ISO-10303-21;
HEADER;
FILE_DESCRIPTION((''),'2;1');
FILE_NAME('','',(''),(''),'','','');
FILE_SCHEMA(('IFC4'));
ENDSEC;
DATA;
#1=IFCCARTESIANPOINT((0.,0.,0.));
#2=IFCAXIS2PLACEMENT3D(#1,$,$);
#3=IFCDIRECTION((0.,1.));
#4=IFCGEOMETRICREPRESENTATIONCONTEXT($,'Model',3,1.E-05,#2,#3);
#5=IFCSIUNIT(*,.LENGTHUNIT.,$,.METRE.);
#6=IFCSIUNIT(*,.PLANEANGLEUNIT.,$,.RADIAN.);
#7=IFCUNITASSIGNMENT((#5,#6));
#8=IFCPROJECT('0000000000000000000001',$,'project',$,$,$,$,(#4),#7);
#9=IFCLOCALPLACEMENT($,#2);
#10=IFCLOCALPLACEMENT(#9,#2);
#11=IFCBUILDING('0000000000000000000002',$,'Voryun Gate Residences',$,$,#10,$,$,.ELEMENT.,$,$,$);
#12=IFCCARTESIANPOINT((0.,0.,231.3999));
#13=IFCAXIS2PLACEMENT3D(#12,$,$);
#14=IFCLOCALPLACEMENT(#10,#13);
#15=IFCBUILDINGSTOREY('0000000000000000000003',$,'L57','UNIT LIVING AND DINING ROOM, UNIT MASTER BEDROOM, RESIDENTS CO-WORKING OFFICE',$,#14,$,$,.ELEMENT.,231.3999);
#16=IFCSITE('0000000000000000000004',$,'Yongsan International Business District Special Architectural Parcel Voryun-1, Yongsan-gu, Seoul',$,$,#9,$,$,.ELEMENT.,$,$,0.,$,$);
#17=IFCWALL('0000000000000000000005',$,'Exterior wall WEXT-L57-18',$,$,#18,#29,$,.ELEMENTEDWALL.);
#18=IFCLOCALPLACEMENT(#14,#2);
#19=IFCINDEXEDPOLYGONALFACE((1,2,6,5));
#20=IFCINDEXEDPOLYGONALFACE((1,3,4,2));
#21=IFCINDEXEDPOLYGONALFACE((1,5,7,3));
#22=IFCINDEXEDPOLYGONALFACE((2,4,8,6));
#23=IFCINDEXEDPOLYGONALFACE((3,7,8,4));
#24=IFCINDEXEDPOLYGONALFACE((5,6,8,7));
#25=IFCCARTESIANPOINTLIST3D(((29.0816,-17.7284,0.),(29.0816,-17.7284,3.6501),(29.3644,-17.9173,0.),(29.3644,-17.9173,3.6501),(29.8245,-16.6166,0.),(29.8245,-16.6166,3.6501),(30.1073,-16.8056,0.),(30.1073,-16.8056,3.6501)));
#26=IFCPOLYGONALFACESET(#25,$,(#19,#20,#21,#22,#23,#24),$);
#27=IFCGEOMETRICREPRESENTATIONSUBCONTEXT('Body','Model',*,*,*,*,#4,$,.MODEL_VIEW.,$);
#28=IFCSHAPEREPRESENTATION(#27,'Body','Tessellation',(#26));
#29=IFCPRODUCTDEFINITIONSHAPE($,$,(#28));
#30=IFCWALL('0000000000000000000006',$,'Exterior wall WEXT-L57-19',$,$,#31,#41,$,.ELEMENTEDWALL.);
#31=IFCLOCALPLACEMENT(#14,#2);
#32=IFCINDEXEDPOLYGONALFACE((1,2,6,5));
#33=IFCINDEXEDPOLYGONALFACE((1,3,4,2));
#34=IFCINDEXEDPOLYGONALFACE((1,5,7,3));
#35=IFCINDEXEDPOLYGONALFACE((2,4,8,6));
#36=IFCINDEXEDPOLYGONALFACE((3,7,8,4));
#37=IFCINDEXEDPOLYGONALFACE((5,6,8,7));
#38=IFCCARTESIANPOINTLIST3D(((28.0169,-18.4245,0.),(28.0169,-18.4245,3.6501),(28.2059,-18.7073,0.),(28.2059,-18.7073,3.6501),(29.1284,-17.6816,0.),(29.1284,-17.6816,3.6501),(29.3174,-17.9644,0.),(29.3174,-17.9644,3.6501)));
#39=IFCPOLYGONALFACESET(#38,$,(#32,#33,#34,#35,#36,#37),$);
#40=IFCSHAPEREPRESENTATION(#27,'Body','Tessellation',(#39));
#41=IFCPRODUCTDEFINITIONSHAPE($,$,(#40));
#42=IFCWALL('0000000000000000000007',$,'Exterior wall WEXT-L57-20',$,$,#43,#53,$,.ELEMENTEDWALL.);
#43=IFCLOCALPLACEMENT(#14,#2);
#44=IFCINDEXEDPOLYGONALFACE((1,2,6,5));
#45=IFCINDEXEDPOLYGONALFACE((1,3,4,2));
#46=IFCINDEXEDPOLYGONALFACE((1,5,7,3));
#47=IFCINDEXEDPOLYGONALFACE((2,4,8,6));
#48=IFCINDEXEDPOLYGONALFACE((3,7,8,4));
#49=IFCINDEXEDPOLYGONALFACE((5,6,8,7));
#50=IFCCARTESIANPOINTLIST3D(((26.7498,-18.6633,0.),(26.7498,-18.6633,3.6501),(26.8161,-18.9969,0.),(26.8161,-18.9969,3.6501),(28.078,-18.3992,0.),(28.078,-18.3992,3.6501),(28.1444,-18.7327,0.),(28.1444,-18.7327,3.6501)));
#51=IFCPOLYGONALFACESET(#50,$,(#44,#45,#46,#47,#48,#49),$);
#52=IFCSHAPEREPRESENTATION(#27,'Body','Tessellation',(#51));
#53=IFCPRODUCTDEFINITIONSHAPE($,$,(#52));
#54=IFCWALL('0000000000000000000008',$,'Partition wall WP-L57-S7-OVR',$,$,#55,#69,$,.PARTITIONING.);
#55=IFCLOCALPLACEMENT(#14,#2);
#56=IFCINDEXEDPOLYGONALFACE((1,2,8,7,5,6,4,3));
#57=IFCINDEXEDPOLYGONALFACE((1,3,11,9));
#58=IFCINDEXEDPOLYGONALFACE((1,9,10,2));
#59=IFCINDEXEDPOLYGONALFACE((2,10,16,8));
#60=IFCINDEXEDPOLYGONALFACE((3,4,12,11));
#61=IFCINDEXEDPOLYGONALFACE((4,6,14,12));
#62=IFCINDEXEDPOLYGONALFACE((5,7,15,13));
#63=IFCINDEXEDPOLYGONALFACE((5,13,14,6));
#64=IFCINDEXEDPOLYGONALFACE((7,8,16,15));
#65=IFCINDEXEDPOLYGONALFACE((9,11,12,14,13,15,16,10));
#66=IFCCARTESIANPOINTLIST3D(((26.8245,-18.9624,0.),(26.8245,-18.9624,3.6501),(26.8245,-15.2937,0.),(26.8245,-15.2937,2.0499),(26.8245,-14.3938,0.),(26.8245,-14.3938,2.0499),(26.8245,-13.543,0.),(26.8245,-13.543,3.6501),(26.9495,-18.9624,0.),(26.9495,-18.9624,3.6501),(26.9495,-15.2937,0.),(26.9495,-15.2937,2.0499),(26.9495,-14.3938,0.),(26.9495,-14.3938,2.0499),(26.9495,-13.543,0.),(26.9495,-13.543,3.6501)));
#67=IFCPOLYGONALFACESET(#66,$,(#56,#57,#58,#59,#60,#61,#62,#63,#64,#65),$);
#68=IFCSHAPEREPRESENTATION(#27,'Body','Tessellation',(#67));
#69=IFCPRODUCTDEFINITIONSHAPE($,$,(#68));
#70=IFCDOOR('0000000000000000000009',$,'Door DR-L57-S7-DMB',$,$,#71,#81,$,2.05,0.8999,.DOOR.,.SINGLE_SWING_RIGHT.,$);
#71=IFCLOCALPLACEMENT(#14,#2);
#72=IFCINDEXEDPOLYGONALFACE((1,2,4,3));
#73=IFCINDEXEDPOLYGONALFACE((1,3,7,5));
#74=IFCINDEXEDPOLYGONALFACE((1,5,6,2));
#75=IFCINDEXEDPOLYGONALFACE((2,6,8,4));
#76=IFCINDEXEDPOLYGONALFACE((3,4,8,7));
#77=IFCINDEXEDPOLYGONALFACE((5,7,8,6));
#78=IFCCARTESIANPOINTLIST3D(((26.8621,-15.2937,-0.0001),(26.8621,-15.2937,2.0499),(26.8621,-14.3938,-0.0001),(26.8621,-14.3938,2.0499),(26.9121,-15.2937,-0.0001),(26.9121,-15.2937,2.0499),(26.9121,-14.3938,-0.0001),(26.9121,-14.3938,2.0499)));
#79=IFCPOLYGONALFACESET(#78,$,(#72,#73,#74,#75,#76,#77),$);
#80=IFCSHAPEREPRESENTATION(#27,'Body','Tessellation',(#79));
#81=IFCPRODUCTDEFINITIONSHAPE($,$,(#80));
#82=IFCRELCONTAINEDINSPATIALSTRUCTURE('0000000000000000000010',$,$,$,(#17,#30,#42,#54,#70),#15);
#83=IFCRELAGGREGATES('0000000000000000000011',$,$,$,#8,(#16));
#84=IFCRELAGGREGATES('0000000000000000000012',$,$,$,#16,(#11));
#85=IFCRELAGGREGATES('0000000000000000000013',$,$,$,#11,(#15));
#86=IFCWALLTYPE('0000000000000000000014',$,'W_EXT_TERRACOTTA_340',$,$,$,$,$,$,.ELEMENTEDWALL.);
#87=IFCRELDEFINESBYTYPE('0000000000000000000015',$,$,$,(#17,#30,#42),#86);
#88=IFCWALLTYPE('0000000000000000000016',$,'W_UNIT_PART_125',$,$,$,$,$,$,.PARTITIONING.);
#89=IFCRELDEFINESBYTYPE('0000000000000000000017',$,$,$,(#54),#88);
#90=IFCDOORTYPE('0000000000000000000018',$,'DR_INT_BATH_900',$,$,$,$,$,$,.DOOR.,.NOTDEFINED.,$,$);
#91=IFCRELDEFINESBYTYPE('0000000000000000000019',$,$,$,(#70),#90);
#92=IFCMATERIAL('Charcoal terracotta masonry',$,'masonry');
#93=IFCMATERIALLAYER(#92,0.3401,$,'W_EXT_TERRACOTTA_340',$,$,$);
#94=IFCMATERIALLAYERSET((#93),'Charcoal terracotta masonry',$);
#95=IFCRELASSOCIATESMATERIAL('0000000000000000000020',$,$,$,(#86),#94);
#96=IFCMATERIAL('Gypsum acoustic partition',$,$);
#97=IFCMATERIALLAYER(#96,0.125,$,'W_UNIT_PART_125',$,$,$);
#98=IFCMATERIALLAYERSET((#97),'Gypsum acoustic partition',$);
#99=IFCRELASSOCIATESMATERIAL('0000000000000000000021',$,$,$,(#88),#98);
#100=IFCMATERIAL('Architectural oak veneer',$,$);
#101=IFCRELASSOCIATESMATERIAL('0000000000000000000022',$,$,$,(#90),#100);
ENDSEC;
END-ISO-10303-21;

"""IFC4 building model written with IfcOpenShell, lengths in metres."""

from ifc_helpers import new_model, si_unit, direction, frame, frame_2d, origin, place, context, subcontext, project, spatial, rectangle, extrude, material, layer, layer_set, type_object, element, fill, save


model = new_model("IFC4")

# Units and contexts
model_context = context("Model", 3, precision=1e-05, world=origin(), true_north=direction((0.0, 1.0)))
body_context = subcontext(model_context, "Body", "Model", "MODEL_VIEW")
ifc_project = project(units=[si_unit("LENGTHUNIT", "METRE"), si_unit("PLANEANGLEUNIT", "RADIAN")], contexts=[model_context])

# Site, building, storey
site_placement = place(None, origin())
site = spatial("IfcSite", under=ifc_project, at=site_placement, Name="Yongsan International Business District Special Architectural Parcel Voryun-1, Yongsan-gu, Seoul", CompositionType="ELEMENT", RefElevation=0.0)
building_placement = place(site_placement, origin())
building = spatial("IfcBuilding", under=site, at=building_placement, Name="Voryun Gate Residences", CompositionType="ELEMENT")
storey_placement = place(building_placement, frame((0.0, 0.0, 231.3999)))
storey = spatial("IfcBuildingStorey", under=building, at=storey_placement, Name="L57", Description="UNIT LIVING AND DINING ROOM, UNIT MASTER BEDROOM, RESIDENTS CO-WORKING OFFICE", CompositionType="ELEMENT", Elevation=231.3999)

# Walls
ifc_material_1 = material(Name="Charcoal terracotta masonry", Category="masonry")
ifc_layer_1 = layer(ifc_material_1, 0.3401, Name="W_EXT_TERRACOTTA_340")
ifc_layer_set_1 = layer_set([ifc_layer_1], Name="Charcoal terracotta masonry")
wall_type_1 = type_object("IfcWallType", Name="W_EXT_TERRACOTTA_340", PredefinedType="ELEMENTEDWALL", material=ifc_layer_set_1)
wall_1_placement = place(storey_placement, frame((29.9658, -16.7112, 0.0), z_axis=(0.0, 0.0, 1.0), x_axis=(-0.555585, -0.83146, 0.0)))
element("IfcWall", 1, at=wall_1_placement, inside=storey, type_object=wall_type_1, Name="Exterior wall WEXT-L57-18", PredefinedType="ELEMENTEDWALL", context=body_context, shape_type="SweptSolid", body=[
    extrude(rectangle(XDim=1.3372, YDim=0.3401, at=frame_2d((0.6685, 0.0))), origin(), (0.0, 0.0, 1.0), 3.6501),
])
wall_2_placement = place(storey_placement, frame((29.2229, -17.823, 0.0), z_axis=(0.0, 0.0, 1.0), x_axis=(-0.831404, -0.555669, 0.0)))
element("IfcWall", 2, at=wall_2_placement, inside=storey, type_object=wall_type_1, Name="Exterior wall WEXT-L57-19", PredefinedType="ELEMENTEDWALL", context=body_context, shape_type="SweptSolid", body=[
    extrude(rectangle(XDim=1.3369, YDim=0.3401, at=frame_2d((0.6685, 0.0))), origin(), (0.0, 0.0, 1.0), 3.6501),
])
wall_3_placement = place(storey_placement, frame((28.1113, -18.5659, 0.0), z_axis=(0.0, 0.0, 1.0), x_axis=(-0.980788, -0.195076, 0.0)))
element("IfcWall", 3, at=wall_3_placement, inside=storey, type_object=wall_type_1, Name="Exterior wall WEXT-L57-20", PredefinedType="ELEMENTEDWALL", context=body_context, shape_type="SweptSolid", body=[
    extrude(rectangle(XDim=1.3542, YDim=0.3401, at=frame_2d((0.6772, 0.0))), origin(), (0.0, 0.0, 1.0), 3.6501),
])

# Wall, opening, door
ifc_material_2 = material(Name="Gypsum acoustic partition")
ifc_layer_2 = layer(ifc_material_2, 0.125, Name="W_UNIT_PART_125")
ifc_layer_set_2 = layer_set([ifc_layer_2], Name="Gypsum acoustic partition")
wall_type_2 = type_object("IfcWallType", Name="W_UNIT_PART_125", PredefinedType="PARTITIONING", material=ifc_layer_set_2)
wall_4_placement = place(storey_placement, frame((26.887, -18.9624, 0.0), z_axis=(0.0, 0.0, 1.0), x_axis=(0.0, 1.0, 0.0)))
wall_4 = element("IfcWall", 4, at=wall_4_placement, inside=storey, type_object=wall_type_2, Name="Partition wall WP-L57-S7-OVR", PredefinedType="PARTITIONING", context=body_context, shape_type="SweptSolid", body=[
    extrude(rectangle(XDim=5.4194, YDim=0.125, at=frame_2d((2.7097, 0.0))), origin(), (0.0, 0.0, 1.0), 3.6501),
])
opening_placement = place(wall_4_placement, frame((3.6687, 0.0, 0.0)))
opening = element("IfcOpeningElement", 5, at=opening_placement, cuts=wall_4, PredefinedType="OPENING", context=body_context, shape_type="SweptSolid", body=[
    extrude(rectangle(XDim=0.8999, YDim=2.05, at=frame_2d((0.45, 1.0249))), frame((0.0, 0.0725, 0.0), z_axis=(0.0, -1.0, 0.0), x_axis=(1.0, 0.0, 0.0)), (0.0, 0.0, 1.0), 0.145),
])
ifc_material_3 = material(Name="Architectural oak veneer")
door_type = type_object("IfcDoorType", Name="DR_INT_BATH_900", OperationType="NOTDEFINED", PredefinedType="DOOR", material=ifc_material_3)
door_placement = place(opening_placement, origin())
door = element("IfcDoor", 6, at=door_placement, inside=storey, type_object=door_type, Name="Door DR-L57-S7-DMB", OperationType="SINGLE_SWING_RIGHT", OverallHeight=2.05, OverallWidth=0.8999, PredefinedType="DOOR", context=body_context, shape_type="SweptSolid", body=[
    extrude(rectangle(XDim=0.8999, YDim=2.05, at=frame_2d((0.45, 1.0249))), frame((0.0, 0.0249, 0.0), z_axis=(0.0, -1.0, 0.0), x_axis=(1.0, 0.0, 0.0)), (0.0, 0.0, 1.0), 0.05),
])
fill(opening, door)

save(model, "model.ifc")
